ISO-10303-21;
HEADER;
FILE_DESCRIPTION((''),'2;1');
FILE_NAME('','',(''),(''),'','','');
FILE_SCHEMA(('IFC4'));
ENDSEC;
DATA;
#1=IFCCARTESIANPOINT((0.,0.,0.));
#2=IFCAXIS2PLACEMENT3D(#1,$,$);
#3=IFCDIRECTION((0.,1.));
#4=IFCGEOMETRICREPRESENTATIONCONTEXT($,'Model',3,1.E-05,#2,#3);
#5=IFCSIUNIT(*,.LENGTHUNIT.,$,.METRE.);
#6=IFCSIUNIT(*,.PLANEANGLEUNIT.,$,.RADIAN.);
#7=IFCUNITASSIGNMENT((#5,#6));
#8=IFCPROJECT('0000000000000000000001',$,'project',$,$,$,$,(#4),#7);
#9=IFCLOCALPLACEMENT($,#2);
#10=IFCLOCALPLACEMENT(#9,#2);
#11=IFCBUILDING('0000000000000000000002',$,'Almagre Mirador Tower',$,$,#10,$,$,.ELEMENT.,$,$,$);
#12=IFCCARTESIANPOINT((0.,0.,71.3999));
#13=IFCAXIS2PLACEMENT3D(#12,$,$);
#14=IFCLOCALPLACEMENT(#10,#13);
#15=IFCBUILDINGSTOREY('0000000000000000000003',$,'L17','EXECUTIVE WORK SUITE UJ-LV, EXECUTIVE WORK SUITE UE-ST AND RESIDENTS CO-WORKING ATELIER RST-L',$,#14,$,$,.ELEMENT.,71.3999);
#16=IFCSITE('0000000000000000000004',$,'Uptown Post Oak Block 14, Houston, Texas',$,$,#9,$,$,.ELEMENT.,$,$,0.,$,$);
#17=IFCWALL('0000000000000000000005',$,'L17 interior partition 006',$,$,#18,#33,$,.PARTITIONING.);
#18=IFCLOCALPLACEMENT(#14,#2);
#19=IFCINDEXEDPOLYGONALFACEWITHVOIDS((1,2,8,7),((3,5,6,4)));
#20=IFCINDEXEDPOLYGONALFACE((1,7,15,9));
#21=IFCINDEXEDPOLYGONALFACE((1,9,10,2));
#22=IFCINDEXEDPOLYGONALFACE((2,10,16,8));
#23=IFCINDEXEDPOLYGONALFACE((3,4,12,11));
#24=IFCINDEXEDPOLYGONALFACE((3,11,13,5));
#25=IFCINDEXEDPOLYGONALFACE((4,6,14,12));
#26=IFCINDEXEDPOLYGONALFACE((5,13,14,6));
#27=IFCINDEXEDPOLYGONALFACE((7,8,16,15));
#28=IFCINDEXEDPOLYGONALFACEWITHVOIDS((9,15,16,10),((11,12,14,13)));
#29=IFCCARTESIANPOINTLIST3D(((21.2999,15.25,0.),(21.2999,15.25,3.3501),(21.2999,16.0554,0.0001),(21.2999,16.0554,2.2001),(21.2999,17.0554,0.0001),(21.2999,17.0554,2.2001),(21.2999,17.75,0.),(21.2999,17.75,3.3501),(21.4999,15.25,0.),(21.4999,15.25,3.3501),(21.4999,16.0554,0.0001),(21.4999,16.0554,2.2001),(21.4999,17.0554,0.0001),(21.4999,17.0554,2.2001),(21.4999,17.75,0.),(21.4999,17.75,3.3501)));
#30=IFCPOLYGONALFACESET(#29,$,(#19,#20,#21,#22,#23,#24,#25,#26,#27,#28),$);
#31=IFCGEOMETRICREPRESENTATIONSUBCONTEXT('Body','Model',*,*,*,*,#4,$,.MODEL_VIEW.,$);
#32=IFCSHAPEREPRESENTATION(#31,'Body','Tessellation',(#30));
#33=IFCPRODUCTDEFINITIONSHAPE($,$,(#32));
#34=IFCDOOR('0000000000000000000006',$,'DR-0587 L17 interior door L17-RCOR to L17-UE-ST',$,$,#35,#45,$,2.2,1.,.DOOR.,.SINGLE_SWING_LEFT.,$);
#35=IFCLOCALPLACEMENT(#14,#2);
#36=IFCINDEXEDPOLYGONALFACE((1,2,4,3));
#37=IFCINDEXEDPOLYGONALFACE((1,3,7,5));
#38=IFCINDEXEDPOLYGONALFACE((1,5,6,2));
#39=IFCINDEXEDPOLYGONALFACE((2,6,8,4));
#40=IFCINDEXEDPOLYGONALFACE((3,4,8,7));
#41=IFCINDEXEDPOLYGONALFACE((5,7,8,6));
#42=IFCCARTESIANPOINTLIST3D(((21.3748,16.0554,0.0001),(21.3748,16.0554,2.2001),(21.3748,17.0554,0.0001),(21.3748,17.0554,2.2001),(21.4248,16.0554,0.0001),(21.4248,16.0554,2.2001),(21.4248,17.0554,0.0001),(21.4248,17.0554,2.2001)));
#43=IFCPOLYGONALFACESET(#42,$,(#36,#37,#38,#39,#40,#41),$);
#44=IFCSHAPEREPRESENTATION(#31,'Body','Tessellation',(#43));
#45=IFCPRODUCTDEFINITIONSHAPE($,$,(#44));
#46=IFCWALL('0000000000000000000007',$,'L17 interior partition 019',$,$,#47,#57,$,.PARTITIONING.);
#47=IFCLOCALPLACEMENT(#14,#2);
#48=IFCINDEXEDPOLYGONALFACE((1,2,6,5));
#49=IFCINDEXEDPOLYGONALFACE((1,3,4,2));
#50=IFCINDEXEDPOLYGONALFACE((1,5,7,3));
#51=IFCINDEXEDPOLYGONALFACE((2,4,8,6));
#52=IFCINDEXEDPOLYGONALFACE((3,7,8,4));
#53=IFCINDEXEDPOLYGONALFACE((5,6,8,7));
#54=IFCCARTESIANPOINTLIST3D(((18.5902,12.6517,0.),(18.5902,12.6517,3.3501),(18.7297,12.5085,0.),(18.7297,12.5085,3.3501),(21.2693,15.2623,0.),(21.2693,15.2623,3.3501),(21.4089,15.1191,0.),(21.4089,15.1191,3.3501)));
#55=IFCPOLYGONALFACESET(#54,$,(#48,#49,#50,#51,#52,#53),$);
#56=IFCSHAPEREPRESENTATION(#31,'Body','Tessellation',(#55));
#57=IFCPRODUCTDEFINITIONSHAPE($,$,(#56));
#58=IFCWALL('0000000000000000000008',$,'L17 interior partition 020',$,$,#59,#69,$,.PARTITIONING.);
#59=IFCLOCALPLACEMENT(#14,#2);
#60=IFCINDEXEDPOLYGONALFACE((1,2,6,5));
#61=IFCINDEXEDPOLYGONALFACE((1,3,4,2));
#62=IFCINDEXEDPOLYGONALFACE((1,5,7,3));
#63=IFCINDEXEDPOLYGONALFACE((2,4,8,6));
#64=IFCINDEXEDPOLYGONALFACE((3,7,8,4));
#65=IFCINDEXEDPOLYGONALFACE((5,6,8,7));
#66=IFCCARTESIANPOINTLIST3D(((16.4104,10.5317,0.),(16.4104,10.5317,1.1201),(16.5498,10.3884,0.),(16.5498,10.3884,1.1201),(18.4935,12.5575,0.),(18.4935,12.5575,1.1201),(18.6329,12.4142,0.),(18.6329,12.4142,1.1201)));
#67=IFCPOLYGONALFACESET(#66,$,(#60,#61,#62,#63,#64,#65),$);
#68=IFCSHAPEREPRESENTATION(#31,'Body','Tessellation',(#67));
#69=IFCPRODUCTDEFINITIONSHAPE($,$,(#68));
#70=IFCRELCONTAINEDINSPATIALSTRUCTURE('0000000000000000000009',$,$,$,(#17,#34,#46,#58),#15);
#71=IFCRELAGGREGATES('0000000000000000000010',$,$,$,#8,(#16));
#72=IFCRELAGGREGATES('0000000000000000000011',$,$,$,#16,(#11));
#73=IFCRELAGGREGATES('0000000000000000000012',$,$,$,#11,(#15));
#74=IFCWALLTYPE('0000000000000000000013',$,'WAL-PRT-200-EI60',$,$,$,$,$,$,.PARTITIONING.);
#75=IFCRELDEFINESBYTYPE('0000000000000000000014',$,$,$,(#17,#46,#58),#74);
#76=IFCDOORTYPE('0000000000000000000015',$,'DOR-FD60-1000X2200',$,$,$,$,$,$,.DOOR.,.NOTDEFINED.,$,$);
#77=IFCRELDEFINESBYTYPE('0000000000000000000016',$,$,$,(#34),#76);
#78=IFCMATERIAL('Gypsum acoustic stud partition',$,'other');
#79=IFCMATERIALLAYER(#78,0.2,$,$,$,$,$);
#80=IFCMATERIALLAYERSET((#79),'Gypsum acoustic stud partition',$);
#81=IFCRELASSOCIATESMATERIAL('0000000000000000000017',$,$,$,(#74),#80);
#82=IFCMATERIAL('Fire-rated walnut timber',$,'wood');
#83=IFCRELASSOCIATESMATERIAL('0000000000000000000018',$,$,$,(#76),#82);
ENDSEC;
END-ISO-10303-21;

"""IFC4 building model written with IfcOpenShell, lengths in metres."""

from ifc_helpers import new_model, si_unit, direction, frame, frame_2d, origin, place, context, subcontext, project, spatial, rectangle, extrude, material, layer, layer_set, type_object, element, fill, save


model = new_model("IFC4")

# Units and contexts
model_context = context("Model", 3, precision=1e-05, world=origin(), true_north=direction((0.0, 1.0)))
body_context = subcontext(model_context, "Body", "Model", "MODEL_VIEW")
ifc_project = project(units=[si_unit("LENGTHUNIT", "METRE"), si_unit("PLANEANGLEUNIT", "RADIAN")], contexts=[model_context])

# Site, building, storey
site_placement = place(None, origin())
site = spatial("IfcSite", under=ifc_project, at=site_placement, Name="Uptown Post Oak Block 14, Houston, Texas", CompositionType="ELEMENT", RefElevation=0.0)
building_placement = place(site_placement, origin())
building = spatial("IfcBuilding", under=site, at=building_placement, Name="Almagre Mirador Tower", CompositionType="ELEMENT")
storey_placement = place(building_placement, frame((0.0, 0.0, 71.3999)))
storey = spatial("IfcBuildingStorey", under=building, at=storey_placement, Name="L17", Description="EXECUTIVE WORK SUITE UJ-LV, EXECUTIVE WORK SUITE UE-ST AND RESIDENTS CO-WORKING ATELIER RST-L", CompositionType="ELEMENT", Elevation=71.3999)

# Shared definitions
ifc_material_1 = material(Name="Gypsum acoustic stud partition", Category="other")
ifc_layer_1 = layer(ifc_material_1, 0.2)
ifc_layer_set_1 = layer_set([ifc_layer_1], Name="Gypsum acoustic stud partition")
wall_type_1 = type_object("IfcWallType", Name="WAL-PRT-200-EI60", PredefinedType="PARTITIONING", material=ifc_layer_set_1)
ifc_material_2 = material(Name="Fire-rated walnut timber", Category="wood")
door_type_1 = type_object("IfcDoorType", Name="DOR-FD60-1000X2200", OperationType="NOTDEFINED", PredefinedType="DOOR", material=ifc_material_2)

# Wall, opening, door
wall_1_placement = place(storey_placement, frame((21.3999, 17.75, 0.0), z_axis=(0.0, 0.0, 1.0), x_axis=(0.0, -1.0, 0.0)))
wall_1 = element("IfcWall", 1, at=wall_1_placement, inside=storey, type_object=wall_type_1, Name="L17 interior partition 006", PredefinedType="PARTITIONING", context=body_context, shape_type="SweptSolid", body=[
    extrude(rectangle(XDim=2.5, YDim=0.2, at=frame_2d((1.25, 0.0))), origin(), (0.0, 0.0, 1.0), 3.3501),
])
opening_1_placement = place(wall_1_placement, frame((0.6946, 0.0, 0.0)))
opening_1 = element("IfcOpeningElement", 2, at=opening_1_placement, cuts=wall_1, PredefinedType="OPENING", context=body_context, shape_type="SweptSolid", body=[
    extrude(rectangle(XDim=1.0, YDim=2.2, at=frame_2d((0.5, 1.1001))), frame((0.0, 0.1101, 0.0), z_axis=(0.0, -1.0, 0.0), x_axis=(1.0, 0.0, 0.0)), (0.0, 0.0, 1.0), 0.22),
])
door_1_placement = place(opening_1_placement, origin())
door_1 = element("IfcDoor", 3, at=door_1_placement, inside=storey, type_object=door_type_1, Name="DR-0587 L17 interior door L17-RCOR to L17-UE-ST", OperationType="SINGLE_SWING_LEFT", OverallHeight=2.2, OverallWidth=1.0, PredefinedType="DOOR", context=body_context, shape_type="SweptSolid", body=[
    extrude(rectangle(XDim=1.0, YDim=2.2, at=frame_2d((0.5, 1.1001))), frame((0.0, 0.0249, 0.0), z_axis=(0.0, -1.0, 0.0), x_axis=(1.0, 0.0, 0.0)), (0.0, 0.0, 1.0), 0.05),
])
fill(opening_1, door_1)

# Walls
wall_2_placement = place(storey_placement, frame((21.3391, 15.1907, 0.0), z_axis=(0.0, 0.0, 1.0), x_axis=(-0.716217, -0.697878, 0.0)))
element("IfcWall", 4, at=wall_2_placement, inside=storey, type_object=wall_type_1, Name="L17 interior partition 019", PredefinedType="PARTITIONING", context=body_context, shape_type="SweptSolid", body=[
    extrude(rectangle(XDim=3.7407, YDim=0.2, at=frame_2d((1.8704, 0.0))), origin(), (0.0, 0.0, 1.0), 3.3501),
])
wall_3_placement = place(storey_placement, frame((18.5632, 12.4858, 0.0), z_axis=(0.0, 0.0, 1.0), x_axis=(-0.71691, -0.697166, 0.0)))
element("IfcWall", 5, at=wall_3_placement, inside=storey, type_object=wall_type_1, Name="L17 interior partition 020", PredefinedType="PARTITIONING", context=body_context, shape_type="SweptSolid", body=[
    extrude(rectangle(XDim=2.9058, YDim=0.2, at=frame_2d((1.4529, 0.0))), origin(), (0.0, 0.0, 1.0), 1.1201),
])

save(model, "model.ifc")
